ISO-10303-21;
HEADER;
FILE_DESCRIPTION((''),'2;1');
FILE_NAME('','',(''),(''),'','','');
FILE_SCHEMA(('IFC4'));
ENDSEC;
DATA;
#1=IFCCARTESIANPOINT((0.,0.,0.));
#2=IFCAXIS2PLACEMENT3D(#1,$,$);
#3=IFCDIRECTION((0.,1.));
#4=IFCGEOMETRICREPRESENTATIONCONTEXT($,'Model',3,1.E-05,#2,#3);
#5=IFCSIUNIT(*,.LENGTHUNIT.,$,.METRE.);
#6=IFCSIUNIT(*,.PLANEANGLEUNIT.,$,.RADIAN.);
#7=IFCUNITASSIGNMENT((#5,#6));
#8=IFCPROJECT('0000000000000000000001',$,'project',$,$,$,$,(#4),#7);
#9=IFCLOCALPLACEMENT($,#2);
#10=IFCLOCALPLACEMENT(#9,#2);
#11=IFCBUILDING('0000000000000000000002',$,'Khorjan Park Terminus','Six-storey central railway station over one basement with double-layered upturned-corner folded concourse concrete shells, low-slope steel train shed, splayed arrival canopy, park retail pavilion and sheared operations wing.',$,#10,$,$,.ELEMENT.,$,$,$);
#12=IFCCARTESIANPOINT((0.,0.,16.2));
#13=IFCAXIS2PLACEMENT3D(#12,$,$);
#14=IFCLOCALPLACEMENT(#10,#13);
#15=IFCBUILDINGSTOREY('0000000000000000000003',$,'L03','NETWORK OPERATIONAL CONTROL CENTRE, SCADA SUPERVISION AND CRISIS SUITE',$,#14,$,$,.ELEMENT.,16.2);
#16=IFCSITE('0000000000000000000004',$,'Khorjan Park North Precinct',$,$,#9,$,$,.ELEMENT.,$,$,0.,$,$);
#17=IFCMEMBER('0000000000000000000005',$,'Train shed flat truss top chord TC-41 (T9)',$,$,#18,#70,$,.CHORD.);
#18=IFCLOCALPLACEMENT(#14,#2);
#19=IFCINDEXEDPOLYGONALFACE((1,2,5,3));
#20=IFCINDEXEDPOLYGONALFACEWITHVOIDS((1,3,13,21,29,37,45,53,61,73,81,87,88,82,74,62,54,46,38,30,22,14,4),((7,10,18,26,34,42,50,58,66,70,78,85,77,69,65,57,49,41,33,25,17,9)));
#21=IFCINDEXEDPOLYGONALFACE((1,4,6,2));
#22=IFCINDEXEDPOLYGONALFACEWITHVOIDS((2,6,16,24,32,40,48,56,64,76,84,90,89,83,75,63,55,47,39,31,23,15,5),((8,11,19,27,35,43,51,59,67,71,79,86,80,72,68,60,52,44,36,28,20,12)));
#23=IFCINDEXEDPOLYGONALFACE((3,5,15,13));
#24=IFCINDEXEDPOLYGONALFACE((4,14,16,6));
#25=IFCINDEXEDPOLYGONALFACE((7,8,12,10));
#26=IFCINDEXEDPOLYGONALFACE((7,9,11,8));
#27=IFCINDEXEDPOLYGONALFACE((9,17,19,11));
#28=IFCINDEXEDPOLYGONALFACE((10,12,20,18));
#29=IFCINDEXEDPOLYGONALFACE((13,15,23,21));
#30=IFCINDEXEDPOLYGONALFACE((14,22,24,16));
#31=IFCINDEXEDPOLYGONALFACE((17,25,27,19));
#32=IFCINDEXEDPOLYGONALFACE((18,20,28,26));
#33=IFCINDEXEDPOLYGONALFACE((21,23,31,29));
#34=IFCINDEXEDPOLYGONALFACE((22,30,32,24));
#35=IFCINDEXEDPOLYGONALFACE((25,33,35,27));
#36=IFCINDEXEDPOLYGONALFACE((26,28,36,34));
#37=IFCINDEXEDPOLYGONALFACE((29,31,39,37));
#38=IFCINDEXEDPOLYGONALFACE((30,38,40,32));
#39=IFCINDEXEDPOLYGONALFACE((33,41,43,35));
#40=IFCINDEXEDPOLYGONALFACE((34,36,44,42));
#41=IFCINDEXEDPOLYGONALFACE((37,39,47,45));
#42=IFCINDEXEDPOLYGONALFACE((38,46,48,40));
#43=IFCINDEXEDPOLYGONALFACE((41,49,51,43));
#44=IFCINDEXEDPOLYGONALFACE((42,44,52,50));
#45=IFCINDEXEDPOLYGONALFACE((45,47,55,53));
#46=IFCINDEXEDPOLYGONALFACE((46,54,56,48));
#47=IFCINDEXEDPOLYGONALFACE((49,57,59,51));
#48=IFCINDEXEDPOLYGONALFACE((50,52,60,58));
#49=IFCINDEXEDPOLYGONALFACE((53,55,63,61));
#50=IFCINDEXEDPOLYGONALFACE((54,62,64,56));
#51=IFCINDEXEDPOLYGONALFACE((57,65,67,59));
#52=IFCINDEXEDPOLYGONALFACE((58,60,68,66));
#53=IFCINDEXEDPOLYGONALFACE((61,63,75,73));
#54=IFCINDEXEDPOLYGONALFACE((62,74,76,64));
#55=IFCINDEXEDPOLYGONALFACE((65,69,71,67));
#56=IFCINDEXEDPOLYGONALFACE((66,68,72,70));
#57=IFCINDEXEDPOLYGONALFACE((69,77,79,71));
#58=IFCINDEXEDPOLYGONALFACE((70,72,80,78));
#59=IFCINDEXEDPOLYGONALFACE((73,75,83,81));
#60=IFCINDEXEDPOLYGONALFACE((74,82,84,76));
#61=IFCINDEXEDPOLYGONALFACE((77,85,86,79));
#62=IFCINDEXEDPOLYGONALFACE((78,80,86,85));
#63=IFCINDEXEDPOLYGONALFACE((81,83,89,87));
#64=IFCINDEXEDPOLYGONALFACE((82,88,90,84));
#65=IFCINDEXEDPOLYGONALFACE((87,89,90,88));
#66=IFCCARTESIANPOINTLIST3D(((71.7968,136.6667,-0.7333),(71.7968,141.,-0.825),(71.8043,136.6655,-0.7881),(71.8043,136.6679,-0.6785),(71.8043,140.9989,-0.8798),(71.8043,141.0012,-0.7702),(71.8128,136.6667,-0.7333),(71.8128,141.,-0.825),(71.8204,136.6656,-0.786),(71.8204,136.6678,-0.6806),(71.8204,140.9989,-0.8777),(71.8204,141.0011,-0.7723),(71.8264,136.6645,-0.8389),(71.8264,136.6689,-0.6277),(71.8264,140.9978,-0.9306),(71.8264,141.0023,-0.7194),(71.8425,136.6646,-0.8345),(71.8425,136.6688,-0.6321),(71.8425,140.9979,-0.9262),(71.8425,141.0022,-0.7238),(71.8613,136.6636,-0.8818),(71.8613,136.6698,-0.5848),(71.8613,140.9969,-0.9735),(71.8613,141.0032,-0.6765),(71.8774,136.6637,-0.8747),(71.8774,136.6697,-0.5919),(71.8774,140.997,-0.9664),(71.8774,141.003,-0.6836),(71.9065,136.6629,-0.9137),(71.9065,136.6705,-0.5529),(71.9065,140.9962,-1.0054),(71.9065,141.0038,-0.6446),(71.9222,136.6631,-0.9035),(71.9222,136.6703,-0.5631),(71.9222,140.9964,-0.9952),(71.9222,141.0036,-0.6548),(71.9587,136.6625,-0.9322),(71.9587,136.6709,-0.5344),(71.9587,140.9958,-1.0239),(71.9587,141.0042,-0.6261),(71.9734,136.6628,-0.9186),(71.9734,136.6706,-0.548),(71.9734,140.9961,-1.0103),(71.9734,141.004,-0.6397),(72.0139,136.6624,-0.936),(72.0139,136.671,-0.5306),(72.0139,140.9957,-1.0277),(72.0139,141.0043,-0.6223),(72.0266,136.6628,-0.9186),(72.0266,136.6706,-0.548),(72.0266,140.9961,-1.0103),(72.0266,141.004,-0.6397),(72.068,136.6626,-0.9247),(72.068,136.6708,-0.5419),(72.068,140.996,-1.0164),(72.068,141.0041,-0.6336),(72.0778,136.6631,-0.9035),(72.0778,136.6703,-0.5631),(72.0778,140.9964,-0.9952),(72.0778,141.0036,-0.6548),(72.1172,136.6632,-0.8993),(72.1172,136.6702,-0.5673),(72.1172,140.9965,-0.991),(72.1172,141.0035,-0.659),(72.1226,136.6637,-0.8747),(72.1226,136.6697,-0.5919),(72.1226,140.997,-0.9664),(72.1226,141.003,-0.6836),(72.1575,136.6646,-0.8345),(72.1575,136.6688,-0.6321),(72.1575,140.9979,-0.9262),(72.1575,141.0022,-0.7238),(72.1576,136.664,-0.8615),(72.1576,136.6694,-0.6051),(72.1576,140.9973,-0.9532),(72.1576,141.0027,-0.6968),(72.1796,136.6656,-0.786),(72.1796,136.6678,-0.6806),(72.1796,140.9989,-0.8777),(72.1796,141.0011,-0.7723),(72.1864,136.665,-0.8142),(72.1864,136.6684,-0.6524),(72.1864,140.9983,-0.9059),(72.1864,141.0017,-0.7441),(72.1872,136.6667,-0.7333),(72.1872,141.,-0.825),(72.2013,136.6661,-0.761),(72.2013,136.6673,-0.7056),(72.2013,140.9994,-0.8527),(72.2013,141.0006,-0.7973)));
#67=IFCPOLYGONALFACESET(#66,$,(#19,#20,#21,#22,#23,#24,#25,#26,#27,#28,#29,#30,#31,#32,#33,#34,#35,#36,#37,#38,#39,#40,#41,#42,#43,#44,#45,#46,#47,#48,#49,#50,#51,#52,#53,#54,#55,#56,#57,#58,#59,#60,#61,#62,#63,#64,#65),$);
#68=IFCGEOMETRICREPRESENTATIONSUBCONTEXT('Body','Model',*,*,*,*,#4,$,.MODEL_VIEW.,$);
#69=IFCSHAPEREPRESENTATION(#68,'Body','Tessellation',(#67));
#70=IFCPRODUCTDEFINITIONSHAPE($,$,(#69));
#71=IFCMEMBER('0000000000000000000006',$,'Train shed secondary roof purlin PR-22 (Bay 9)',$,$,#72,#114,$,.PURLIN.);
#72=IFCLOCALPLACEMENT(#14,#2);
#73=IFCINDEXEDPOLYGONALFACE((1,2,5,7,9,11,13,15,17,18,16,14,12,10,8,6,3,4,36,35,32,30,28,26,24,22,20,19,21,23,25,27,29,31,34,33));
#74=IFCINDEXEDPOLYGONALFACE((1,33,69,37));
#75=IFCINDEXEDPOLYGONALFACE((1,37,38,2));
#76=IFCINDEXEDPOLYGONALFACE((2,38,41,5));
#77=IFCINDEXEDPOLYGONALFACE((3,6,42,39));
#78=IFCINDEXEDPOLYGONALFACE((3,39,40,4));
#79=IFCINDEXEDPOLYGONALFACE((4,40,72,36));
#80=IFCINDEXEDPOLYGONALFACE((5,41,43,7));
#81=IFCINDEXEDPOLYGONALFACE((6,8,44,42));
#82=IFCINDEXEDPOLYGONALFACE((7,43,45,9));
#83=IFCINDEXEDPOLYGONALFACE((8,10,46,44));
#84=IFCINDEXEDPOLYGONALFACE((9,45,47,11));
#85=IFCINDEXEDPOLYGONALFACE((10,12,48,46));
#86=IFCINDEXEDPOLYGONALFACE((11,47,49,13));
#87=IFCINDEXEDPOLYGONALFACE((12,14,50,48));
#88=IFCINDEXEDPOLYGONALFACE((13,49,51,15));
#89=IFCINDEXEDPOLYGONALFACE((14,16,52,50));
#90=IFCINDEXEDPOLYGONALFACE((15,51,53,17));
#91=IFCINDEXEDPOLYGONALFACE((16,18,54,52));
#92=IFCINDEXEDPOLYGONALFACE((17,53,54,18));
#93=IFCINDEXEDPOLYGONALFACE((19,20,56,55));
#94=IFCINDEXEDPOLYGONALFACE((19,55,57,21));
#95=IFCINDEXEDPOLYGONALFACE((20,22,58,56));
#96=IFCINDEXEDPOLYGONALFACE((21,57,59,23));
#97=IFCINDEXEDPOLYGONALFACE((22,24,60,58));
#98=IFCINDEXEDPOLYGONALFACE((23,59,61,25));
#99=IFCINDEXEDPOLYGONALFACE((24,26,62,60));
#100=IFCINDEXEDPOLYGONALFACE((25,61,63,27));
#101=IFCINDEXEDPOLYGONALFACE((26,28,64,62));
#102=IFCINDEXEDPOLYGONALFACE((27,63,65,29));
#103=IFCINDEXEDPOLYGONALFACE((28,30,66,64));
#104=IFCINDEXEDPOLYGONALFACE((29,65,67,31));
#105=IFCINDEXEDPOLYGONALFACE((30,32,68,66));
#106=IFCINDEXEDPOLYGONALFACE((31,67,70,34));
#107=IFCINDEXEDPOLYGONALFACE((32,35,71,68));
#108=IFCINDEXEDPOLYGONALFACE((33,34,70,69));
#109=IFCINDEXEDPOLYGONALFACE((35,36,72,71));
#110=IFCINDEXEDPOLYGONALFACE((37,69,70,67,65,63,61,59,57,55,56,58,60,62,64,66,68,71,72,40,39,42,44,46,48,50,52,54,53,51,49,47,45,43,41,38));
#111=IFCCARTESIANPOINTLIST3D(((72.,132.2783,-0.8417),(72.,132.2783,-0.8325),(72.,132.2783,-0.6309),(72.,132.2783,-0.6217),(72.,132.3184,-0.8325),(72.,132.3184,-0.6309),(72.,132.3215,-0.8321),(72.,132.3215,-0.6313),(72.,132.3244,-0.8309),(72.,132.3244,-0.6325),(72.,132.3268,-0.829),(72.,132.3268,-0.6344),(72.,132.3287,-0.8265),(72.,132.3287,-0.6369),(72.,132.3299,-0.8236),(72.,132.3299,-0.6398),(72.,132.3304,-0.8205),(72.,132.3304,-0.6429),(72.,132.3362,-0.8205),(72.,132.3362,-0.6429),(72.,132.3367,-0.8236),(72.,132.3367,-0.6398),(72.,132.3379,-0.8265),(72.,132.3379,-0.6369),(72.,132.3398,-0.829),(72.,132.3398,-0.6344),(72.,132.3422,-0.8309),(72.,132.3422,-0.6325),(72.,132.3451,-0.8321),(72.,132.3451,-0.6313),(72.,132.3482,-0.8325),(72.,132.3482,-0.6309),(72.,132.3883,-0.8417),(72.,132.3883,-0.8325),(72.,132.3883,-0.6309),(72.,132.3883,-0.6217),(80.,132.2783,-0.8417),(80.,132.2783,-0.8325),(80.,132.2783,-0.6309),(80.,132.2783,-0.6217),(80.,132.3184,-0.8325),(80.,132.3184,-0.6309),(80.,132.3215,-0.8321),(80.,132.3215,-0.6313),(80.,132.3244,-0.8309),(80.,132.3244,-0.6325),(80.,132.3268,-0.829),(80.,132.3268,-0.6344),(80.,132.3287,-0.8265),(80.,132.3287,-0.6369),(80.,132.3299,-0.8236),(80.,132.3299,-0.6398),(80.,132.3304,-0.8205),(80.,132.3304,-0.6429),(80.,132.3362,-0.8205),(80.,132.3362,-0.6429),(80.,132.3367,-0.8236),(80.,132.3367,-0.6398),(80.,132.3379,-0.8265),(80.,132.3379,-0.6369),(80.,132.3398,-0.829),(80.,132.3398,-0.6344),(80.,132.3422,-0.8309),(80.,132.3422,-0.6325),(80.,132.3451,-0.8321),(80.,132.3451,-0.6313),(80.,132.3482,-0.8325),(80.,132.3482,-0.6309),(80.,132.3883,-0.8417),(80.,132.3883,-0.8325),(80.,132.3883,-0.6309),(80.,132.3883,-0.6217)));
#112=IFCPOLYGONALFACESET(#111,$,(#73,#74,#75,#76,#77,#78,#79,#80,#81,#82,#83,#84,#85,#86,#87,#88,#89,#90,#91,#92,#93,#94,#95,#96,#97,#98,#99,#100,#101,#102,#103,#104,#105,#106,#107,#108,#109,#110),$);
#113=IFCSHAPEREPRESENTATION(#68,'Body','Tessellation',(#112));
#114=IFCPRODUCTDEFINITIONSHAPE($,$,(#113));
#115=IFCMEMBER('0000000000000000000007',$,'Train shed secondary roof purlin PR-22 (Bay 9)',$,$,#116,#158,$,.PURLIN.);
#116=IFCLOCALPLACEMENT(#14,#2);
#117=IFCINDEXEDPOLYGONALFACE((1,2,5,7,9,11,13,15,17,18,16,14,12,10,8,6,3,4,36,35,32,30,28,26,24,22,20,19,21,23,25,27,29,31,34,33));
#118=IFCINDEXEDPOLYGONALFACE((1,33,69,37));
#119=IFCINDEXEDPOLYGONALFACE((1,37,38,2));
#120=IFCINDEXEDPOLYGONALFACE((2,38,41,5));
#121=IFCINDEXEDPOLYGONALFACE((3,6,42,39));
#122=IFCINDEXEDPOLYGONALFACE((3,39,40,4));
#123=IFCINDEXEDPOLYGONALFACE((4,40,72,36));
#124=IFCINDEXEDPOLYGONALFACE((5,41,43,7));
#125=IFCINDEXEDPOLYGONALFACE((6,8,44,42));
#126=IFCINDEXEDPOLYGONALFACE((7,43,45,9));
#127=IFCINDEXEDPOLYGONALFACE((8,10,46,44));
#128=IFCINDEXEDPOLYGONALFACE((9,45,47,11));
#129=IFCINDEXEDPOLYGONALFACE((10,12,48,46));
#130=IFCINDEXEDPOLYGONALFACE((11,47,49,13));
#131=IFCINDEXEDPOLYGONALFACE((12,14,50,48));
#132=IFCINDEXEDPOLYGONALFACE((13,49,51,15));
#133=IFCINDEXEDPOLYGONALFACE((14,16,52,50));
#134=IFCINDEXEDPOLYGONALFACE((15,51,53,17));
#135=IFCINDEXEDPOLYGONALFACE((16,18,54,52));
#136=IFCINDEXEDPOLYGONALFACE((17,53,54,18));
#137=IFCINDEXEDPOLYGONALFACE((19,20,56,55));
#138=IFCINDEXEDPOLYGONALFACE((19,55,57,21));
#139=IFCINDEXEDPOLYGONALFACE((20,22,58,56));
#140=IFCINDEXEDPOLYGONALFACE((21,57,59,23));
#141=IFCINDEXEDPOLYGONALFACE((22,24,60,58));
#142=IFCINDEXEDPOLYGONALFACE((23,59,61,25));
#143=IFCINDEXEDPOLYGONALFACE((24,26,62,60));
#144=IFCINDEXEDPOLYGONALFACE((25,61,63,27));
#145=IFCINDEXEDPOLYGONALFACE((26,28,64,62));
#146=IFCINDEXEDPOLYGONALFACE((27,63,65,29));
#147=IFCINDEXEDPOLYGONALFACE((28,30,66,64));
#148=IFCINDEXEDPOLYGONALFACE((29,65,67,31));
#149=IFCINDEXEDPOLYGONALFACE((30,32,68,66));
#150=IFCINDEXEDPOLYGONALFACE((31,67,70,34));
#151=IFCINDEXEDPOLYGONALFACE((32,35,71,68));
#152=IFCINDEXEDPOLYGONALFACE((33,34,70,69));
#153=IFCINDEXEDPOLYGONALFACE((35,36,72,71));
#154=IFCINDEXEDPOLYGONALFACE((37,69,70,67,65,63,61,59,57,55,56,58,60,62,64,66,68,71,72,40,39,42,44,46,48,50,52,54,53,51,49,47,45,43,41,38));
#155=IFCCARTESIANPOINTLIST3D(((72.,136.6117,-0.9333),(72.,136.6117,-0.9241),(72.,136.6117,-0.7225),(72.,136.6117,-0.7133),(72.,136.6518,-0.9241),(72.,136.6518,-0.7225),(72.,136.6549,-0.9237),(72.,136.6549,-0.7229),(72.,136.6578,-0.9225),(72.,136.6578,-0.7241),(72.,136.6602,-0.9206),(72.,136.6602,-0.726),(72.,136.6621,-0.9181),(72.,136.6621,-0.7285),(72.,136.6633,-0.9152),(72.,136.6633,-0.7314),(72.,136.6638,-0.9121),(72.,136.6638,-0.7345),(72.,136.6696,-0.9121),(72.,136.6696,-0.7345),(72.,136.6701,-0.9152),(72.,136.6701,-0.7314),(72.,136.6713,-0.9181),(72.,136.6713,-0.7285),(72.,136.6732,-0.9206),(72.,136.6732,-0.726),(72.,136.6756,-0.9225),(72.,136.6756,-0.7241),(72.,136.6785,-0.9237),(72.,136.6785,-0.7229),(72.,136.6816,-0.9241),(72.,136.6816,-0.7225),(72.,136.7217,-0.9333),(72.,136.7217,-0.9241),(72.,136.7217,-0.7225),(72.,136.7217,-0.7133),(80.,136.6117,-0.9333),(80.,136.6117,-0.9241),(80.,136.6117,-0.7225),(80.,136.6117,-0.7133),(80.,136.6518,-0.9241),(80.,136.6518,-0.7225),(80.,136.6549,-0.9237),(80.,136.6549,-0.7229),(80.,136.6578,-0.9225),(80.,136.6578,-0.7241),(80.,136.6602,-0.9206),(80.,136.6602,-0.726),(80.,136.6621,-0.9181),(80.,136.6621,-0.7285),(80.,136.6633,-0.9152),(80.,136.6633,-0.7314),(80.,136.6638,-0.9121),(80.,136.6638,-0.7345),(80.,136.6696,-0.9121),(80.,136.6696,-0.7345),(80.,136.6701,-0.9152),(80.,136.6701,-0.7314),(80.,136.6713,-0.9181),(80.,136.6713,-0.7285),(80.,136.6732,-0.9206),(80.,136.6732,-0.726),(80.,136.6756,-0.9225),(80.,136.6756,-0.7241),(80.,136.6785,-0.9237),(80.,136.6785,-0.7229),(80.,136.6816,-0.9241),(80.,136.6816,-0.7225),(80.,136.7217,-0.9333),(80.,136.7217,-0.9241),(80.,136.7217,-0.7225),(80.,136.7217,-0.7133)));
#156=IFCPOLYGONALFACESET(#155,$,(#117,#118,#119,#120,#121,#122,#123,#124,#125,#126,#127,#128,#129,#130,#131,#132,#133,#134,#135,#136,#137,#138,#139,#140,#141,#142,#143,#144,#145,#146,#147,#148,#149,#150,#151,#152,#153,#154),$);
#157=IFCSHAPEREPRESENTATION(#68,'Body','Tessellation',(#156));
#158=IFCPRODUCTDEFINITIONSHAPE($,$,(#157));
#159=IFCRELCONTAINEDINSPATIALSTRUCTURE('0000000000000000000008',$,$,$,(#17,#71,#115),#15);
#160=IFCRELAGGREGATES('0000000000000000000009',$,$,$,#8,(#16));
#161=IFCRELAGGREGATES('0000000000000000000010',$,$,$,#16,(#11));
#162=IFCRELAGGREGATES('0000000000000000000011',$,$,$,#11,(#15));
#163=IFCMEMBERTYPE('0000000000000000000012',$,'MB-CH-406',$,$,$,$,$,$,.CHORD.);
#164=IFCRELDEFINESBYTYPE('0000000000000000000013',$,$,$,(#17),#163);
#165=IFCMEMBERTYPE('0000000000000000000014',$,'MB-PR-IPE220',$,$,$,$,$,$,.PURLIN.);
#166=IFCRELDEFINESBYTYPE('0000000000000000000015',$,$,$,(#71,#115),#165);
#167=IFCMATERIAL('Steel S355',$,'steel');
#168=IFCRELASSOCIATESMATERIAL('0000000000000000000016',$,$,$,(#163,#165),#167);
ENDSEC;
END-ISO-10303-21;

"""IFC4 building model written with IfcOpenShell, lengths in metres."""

from ifc_helpers import new_model, si_unit, direction, frame, origin, origin_2d, place, context, subcontext, project, spatial, hollow_circle, i_section, extrude, material, material_profile, profile_set, type_object, element, save


model = new_model("IFC4")

# Units and contexts
model_context = context("Model", 3, precision=1e-05, world=origin(), true_north=direction((0.0, 1.0)))
body_context = subcontext(model_context, "Body", "Model", "MODEL_VIEW")
ifc_project = project(units=[si_unit("LENGTHUNIT", "METRE"), si_unit("PLANEANGLEUNIT", "RADIAN")], contexts=[model_context])

# Site, building, storey
site_placement = place(None, origin())
site = spatial("IfcSite", under=ifc_project, at=site_placement, Name="Khorjan Park North Precinct", CompositionType="ELEMENT", RefElevation=0.0)
building_placement = place(site_placement, origin())
building = spatial("IfcBuilding", under=site, at=building_placement, Name="Khorjan Park Terminus", Description="Six-storey central railway station over one basement with double-layered upturned-corner folded concourse concrete shells, low-slope steel train shed, splayed arrival canopy, park retail pavilion and sheared operations wing.", CompositionType="ELEMENT")
storey_placement = place(building_placement, frame((0.0, 0.0, 16.2)))
storey = spatial("IfcBuildingStorey", under=building, at=storey_placement, Name="L03", Description="NETWORK OPERATIONAL CONTROL CENTRE, SCADA SUPERVISION AND CRISIS SUITE", CompositionType="ELEMENT", Elevation=16.2)

# Members
ifc_material = material(Name="Steel S355", Category="steel")
ifc_material_profile_1 = material_profile(ifc_material, hollow_circle(Radius=0.2032, WallThickness=0.016, at=origin_2d()), Name="CHS 406.4x16")
ifc_profile_set_1 = profile_set([ifc_material_profile_1], Name="Steel S355")
member_type_1 = type_object("IfcMemberType", Name="MB-CH-406", PredefinedType="CHORD", material=ifc_profile_set_1)
member_1_placement = place(storey_placement, frame((72.0, 136.6667, -0.7333), z_axis=(0.0, 0.999776, -0.021157), x_axis=(-1.0, 0.0, 0.0)))
element("IfcMember", 1, at=member_1_placement, inside=storey, type_object=member_type_1, Name="Train shed flat truss top chord TC-41 (T9)", PredefinedType="CHORD", context=body_context, shape_type="SweptSolid", body=[
    extrude(hollow_circle(Radius=0.2032, WallThickness=0.016, at=origin_2d()), origin(), (0.0, 0.0, 1.0), 4.3343),
])
ifc_material_profile_2 = material_profile(ifc_material, i_section(OverallWidth=0.11, OverallDepth=0.22, WebThickness=0.0059, FlangeThickness=0.0092, FilletRadius=0.012, at=origin_2d()), Name="IPE 220")
ifc_profile_set_2 = profile_set([ifc_material_profile_2], Name="Steel S355")
member_type_2 = type_object("IfcMemberType", Name="MB-PR-IPE220", PredefinedType="PURLIN", material=ifc_profile_set_2)
for number, where, z_axis, x_axis, name in (
    (2, (72.0, 132.3333, -0.7317), (1.0, 0.0, 0.0), (0.0, 1.0, 0.0), "Train shed secondary roof purlin PR-22 (Bay 9)"),
    (3, (72.0, 136.6667, -0.8233), (1.0, 0.0, 0.0), (0.0, 1.0, 0.0), "Train shed secondary roof purlin PR-22 (Bay 9)"),
):
    element("IfcMember", number, at=place(storey_placement, frame(where, z_axis=z_axis, x_axis=x_axis)), inside=storey, type_object=member_type_2, Name=name, PredefinedType="PURLIN", context=body_context, shape_type="SweptSolid", body=[
        extrude(i_section(OverallWidth=0.11, OverallDepth=0.22, WebThickness=0.0059, FlangeThickness=0.0092, FilletRadius=0.012, at=origin_2d()), origin(), (0.0, 0.0, 1.0), 8.0),
    ])

save(model, "model.ifc")
